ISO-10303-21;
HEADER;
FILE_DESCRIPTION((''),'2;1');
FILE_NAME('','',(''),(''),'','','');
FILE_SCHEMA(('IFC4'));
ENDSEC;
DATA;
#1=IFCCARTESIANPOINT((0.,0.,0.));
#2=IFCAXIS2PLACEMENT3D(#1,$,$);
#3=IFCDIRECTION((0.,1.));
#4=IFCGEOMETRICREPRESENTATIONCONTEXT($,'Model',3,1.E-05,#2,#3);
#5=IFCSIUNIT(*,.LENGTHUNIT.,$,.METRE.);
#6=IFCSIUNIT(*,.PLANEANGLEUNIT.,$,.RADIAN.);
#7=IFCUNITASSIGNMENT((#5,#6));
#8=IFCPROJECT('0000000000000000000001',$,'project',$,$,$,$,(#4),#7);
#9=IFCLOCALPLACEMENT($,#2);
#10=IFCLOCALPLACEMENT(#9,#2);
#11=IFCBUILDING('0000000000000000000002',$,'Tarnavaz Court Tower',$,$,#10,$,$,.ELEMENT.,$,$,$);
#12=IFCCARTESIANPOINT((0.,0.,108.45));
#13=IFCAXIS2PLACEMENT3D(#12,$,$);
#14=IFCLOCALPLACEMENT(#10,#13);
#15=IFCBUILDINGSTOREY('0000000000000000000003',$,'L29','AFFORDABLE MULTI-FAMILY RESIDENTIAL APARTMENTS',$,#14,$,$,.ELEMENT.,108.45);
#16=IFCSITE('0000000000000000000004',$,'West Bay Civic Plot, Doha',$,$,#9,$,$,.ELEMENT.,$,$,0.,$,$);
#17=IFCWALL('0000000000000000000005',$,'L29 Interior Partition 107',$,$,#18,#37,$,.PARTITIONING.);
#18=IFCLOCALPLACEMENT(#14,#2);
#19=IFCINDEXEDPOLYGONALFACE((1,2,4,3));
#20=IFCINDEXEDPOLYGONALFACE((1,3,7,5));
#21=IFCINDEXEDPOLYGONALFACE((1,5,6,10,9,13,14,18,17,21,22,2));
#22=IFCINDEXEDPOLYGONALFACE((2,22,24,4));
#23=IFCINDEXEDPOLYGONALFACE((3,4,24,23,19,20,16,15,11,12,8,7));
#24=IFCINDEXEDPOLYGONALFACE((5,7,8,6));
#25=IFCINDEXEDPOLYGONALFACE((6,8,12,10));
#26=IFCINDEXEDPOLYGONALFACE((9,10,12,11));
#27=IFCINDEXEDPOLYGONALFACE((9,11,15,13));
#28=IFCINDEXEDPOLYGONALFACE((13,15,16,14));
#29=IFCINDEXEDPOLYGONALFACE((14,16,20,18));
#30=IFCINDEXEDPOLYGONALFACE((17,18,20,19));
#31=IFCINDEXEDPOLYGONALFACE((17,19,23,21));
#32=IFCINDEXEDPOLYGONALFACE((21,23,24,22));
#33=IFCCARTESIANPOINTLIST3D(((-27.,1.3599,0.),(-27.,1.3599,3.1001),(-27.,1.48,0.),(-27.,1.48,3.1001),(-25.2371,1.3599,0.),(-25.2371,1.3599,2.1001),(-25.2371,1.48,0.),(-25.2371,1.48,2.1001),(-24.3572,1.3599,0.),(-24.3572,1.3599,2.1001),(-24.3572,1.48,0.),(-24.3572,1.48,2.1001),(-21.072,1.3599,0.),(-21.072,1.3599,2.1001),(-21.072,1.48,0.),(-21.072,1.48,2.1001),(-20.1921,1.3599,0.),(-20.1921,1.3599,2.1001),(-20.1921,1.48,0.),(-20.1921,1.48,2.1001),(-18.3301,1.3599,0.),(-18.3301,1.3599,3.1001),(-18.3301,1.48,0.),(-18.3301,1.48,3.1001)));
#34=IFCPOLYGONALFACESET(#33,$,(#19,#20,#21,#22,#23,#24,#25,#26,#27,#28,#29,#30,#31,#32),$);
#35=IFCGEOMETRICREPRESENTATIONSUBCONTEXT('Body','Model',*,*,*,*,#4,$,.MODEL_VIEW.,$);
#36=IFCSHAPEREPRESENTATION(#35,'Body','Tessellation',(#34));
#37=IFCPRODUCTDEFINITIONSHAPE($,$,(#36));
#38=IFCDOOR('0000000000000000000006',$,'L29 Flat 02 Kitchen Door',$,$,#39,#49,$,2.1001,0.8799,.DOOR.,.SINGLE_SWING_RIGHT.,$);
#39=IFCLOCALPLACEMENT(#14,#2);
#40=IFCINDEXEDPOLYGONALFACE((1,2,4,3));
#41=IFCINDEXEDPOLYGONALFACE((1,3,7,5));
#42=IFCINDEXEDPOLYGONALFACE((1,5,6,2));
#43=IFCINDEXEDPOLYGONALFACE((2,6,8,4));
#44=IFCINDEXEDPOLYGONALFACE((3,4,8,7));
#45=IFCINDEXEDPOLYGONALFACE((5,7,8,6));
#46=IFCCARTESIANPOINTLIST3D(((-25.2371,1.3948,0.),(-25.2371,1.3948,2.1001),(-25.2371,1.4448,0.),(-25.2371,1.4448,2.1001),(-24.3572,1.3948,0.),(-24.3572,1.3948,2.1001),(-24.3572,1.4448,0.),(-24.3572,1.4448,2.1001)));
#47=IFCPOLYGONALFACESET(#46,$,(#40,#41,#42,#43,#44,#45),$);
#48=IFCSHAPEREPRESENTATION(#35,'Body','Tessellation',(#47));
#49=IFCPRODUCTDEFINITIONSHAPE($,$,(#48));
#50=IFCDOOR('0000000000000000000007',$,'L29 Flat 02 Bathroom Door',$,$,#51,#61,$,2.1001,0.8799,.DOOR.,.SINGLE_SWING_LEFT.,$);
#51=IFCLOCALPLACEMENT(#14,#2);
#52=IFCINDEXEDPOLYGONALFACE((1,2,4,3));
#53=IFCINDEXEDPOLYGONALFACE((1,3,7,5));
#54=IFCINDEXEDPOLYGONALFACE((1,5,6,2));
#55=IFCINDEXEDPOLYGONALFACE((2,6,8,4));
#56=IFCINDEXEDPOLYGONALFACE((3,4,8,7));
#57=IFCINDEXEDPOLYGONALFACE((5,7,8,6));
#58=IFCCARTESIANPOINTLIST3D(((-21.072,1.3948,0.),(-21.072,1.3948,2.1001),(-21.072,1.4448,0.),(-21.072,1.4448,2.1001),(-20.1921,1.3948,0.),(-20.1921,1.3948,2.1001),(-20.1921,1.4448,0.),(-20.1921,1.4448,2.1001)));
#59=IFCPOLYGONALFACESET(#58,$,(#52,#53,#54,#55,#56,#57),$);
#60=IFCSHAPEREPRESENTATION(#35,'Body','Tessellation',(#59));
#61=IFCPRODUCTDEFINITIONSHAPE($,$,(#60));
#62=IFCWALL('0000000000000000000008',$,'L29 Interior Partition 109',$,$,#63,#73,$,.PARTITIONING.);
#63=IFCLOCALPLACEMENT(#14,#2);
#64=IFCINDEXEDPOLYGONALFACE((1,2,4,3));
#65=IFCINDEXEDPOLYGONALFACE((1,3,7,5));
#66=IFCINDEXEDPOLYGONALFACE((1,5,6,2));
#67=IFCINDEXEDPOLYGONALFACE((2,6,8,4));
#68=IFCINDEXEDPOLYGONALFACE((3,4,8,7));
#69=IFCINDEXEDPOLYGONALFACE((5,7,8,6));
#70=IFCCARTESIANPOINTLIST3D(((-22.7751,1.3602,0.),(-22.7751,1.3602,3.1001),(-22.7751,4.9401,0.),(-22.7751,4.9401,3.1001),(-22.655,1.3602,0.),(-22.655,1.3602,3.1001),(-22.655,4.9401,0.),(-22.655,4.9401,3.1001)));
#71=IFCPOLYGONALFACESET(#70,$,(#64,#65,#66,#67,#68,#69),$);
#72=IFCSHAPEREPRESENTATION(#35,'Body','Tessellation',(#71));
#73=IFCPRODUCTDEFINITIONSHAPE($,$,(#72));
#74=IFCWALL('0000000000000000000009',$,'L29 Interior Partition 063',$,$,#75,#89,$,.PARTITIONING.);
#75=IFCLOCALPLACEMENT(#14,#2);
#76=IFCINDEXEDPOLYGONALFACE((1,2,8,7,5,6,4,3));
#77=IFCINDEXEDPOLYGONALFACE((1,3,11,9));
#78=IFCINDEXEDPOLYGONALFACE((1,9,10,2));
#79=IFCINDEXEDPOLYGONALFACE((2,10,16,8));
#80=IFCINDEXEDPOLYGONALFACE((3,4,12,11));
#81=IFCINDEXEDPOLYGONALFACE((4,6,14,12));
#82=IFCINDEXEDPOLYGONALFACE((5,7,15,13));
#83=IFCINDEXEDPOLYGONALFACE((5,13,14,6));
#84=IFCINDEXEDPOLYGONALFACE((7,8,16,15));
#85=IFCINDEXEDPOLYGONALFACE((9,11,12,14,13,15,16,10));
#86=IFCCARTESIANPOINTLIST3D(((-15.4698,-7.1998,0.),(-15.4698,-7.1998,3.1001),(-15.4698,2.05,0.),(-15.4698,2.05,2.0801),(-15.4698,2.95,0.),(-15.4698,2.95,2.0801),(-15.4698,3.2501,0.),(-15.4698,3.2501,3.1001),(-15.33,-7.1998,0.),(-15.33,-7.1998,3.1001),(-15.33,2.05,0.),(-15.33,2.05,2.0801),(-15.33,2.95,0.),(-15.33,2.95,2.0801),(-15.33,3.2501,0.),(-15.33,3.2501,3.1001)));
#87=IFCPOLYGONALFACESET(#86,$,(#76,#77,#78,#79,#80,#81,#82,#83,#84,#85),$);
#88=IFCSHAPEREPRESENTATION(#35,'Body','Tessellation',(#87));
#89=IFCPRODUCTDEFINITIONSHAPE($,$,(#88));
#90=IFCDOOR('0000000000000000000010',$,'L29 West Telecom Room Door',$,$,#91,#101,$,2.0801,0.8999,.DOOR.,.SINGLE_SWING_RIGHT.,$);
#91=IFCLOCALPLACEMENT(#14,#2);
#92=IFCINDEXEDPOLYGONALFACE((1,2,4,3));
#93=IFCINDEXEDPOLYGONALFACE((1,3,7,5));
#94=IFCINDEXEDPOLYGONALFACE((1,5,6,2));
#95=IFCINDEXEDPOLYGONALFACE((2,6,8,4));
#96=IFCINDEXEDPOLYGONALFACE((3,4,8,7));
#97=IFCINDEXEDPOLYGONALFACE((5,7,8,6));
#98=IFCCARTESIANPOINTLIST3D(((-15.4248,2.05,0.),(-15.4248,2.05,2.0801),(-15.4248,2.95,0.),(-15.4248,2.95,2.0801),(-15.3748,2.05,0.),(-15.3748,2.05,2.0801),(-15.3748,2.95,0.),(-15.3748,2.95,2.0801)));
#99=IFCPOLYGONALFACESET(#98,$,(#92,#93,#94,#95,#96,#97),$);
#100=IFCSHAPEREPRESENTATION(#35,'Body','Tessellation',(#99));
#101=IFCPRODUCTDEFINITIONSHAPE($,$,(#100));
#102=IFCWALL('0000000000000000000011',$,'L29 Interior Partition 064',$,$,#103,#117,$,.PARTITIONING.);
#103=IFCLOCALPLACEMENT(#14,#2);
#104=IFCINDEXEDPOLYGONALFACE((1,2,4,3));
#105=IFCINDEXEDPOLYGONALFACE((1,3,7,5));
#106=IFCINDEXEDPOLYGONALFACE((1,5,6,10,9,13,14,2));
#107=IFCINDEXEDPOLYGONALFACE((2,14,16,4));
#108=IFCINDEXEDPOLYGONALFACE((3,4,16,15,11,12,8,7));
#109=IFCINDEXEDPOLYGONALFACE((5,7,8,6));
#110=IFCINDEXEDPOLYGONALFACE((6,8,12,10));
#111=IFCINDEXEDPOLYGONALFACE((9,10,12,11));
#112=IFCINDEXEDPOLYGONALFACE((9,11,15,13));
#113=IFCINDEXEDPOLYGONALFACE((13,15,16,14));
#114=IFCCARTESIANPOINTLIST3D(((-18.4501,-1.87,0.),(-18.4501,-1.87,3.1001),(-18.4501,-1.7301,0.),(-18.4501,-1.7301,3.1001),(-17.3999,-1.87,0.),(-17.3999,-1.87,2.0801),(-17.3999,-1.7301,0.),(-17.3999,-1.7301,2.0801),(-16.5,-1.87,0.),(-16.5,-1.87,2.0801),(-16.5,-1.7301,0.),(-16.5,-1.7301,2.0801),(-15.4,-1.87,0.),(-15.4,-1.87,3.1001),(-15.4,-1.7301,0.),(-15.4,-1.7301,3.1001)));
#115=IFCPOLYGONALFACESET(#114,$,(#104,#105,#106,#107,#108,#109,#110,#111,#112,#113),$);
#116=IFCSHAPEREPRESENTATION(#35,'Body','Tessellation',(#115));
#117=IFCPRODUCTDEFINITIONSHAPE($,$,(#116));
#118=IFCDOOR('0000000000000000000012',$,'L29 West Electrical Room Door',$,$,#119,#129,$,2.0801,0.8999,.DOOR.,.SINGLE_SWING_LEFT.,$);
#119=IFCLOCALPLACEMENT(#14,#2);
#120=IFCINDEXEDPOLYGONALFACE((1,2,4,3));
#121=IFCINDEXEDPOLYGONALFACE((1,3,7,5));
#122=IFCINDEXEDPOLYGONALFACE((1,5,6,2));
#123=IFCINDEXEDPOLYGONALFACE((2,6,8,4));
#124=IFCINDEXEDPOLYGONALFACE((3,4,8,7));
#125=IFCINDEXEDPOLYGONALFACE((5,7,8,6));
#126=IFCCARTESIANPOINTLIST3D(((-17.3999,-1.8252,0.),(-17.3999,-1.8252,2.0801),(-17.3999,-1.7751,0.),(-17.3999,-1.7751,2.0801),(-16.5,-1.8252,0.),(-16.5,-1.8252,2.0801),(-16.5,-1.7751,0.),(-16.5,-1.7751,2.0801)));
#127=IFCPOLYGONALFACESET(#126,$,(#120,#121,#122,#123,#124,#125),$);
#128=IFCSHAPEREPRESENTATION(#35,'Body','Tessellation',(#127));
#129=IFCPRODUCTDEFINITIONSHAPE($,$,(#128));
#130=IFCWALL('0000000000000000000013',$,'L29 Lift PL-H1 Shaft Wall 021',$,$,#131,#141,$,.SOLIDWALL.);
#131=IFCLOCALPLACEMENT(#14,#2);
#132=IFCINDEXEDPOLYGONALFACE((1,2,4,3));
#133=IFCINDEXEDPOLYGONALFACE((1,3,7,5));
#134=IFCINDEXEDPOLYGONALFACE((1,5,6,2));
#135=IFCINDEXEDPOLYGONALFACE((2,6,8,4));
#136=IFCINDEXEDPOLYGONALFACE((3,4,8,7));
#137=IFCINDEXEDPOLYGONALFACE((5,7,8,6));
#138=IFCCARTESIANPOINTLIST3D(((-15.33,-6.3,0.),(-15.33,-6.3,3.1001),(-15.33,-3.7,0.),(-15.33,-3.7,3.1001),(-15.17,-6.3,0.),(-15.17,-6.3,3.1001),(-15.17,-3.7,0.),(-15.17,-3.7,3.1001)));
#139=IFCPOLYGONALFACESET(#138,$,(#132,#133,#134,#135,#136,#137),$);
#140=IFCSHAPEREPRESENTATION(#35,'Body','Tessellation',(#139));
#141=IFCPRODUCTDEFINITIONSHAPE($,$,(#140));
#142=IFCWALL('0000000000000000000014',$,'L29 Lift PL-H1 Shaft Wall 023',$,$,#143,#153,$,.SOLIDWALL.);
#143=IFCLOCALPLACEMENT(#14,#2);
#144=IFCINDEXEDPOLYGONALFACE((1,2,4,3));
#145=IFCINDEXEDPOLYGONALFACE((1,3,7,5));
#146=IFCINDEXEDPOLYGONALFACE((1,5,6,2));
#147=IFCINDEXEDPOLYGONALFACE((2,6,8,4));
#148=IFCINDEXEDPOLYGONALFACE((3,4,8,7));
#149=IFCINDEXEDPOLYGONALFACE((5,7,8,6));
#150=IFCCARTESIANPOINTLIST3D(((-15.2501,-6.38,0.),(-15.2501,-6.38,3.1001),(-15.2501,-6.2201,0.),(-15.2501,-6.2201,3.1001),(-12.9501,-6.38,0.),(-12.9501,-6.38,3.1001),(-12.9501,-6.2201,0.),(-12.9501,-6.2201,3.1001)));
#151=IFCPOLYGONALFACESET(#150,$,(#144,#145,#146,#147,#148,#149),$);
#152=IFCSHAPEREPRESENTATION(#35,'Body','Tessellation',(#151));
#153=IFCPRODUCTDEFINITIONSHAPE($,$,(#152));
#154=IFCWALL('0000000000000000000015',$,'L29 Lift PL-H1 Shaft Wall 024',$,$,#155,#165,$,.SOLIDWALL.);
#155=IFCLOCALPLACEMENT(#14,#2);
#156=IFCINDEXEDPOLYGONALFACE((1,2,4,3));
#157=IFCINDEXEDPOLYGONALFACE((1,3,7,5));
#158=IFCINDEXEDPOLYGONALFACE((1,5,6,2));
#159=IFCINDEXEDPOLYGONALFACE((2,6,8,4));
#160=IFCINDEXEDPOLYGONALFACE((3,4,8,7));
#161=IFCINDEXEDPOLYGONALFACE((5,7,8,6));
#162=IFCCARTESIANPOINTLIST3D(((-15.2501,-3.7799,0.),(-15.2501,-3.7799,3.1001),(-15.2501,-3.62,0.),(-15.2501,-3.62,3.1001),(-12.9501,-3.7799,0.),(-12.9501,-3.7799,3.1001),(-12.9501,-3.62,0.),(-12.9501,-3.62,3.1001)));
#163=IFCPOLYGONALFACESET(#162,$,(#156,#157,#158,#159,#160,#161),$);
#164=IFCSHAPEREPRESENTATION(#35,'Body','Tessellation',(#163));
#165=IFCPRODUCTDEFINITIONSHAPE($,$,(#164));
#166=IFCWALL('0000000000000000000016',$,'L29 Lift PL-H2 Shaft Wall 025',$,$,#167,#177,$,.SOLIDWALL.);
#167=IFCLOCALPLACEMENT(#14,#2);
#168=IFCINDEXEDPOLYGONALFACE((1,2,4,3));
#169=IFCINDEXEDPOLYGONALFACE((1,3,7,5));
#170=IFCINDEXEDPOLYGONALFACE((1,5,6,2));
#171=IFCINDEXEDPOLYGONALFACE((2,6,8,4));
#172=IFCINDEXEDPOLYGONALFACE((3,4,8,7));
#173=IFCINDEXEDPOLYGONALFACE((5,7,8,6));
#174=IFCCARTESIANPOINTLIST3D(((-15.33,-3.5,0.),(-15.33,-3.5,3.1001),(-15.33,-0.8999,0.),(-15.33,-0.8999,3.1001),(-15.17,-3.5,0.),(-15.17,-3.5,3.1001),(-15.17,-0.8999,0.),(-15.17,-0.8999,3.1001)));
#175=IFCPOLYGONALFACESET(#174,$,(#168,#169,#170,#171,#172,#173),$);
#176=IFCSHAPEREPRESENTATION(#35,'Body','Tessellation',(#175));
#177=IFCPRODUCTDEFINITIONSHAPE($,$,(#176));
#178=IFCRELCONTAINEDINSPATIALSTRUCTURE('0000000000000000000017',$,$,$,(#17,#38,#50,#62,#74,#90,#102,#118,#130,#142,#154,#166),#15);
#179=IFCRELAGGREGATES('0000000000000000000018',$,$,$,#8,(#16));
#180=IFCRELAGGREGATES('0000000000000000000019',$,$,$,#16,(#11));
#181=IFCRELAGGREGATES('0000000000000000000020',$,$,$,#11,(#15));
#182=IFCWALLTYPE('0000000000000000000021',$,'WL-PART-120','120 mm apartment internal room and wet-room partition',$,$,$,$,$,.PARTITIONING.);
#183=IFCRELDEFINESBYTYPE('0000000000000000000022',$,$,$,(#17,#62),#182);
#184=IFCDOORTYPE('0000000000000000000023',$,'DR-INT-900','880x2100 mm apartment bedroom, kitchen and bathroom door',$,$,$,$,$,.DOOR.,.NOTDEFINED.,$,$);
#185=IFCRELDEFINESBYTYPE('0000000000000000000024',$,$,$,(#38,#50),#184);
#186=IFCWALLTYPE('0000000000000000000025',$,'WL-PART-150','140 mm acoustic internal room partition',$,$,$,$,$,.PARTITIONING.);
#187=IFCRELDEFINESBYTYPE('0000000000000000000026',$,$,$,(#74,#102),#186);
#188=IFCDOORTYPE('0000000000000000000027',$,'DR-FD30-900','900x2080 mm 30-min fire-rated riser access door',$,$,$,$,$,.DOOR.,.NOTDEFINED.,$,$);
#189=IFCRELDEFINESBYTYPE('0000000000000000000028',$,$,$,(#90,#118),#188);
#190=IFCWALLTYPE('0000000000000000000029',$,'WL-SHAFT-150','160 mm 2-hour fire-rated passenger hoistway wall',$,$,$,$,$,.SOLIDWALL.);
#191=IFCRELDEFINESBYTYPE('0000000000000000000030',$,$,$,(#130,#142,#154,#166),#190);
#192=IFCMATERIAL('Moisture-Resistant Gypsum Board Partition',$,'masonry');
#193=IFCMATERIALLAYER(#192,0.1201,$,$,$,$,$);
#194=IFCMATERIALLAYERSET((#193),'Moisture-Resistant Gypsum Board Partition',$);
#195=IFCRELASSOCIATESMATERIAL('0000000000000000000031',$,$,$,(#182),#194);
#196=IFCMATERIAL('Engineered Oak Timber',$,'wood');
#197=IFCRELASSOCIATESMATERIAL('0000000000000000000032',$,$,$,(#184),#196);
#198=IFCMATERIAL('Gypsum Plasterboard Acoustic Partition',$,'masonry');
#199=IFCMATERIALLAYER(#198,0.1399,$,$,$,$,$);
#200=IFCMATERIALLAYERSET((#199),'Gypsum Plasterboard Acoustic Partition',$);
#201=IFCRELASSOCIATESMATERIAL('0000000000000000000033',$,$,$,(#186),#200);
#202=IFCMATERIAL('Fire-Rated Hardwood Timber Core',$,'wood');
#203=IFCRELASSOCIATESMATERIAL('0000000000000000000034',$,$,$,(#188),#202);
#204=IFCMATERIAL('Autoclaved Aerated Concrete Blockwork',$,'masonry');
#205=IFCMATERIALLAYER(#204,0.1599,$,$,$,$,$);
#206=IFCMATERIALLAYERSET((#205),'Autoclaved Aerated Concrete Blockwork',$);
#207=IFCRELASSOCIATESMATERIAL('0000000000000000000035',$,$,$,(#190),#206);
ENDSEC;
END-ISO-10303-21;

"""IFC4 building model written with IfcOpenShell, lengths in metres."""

from ifc_helpers import new_model, si_unit, direction, frame, frame_2d, origin, place, context, subcontext, project, spatial, rectangle, extrude, material, layer, layer_set, type_object, element, fill, save


model = new_model("IFC4")

# Units and contexts
model_context = context("Model", 3, precision=1e-05, world=origin(), true_north=direction((0.0, 1.0)))
body_context = subcontext(model_context, "Body", "Model", "MODEL_VIEW")
ifc_project = project(units=[si_unit("LENGTHUNIT", "METRE"), si_unit("PLANEANGLEUNIT", "RADIAN")], contexts=[model_context])

# Site, building, storey
site_placement = place(None, origin())
site = spatial("IfcSite", under=ifc_project, at=site_placement, Name="West Bay Civic Plot, Doha", CompositionType="ELEMENT", RefElevation=0.0)
building_placement = place(site_placement, origin())
building = spatial("IfcBuilding", under=site, at=building_placement, Name="Tarnavaz Court Tower", CompositionType="ELEMENT")
storey_placement = place(building_placement, frame((0.0, 0.0, 108.45)))
storey = spatial("IfcBuildingStorey", under=building, at=storey_placement, Name="L29", Description="AFFORDABLE MULTI-FAMILY RESIDENTIAL APARTMENTS", CompositionType="ELEMENT", Elevation=108.45)

# Wall, openings, doors
ifc_material_1 = material(Name="Moisture-Resistant Gypsum Board Partition", Category="masonry")
ifc_layer_1 = layer(ifc_material_1, 0.1201)
ifc_layer_set_1 = layer_set([ifc_layer_1], Name="Moisture-Resistant Gypsum Board Partition")
wall_type_1 = type_object("IfcWallType", Name="WL-PART-120", Description="120 mm apartment internal room and wet-room partition", PredefinedType="PARTITIONING", material=ifc_layer_set_1)
wall_1_placement = place(storey_placement, frame((-27.0, 1.4199, 0.0), z_axis=(0.0, 0.0, 1.0), x_axis=(1.0, 0.0, 0.0)))
wall_1 = element("IfcWall", 1, at=wall_1_placement, inside=storey, type_object=wall_type_1, Name="L29 Interior Partition 107", PredefinedType="PARTITIONING", context=body_context, shape_type="SweptSolid", body=[
    extrude(rectangle(XDim=8.6699, YDim=0.1201, at=frame_2d((4.335, 0.0))), origin(), (0.0, 0.0, 1.0), 3.1001),
])
opening_1_placement = place(wall_1_placement, frame((1.7629, 0.0, 0.0)))
opening_1 = element("IfcOpeningElement", 2, at=opening_1_placement, cuts=wall_1, PredefinedType="OPENING", context=body_context, shape_type="SweptSolid", body=[
    extrude(rectangle(XDim=0.8799, YDim=2.1001, at=frame_2d((0.4399, 1.05))), frame((0.0, 0.0701, 0.0), z_axis=(0.0, -1.0, 0.0), x_axis=(1.0, 0.0, 0.0)), (0.0, 0.0, 1.0), 0.1401),
])
opening_2_placement = place(wall_1_placement, frame((5.928, 0.0, 0.0)))
opening_2 = element("IfcOpeningElement", 3, at=opening_2_placement, cuts=wall_1, PredefinedType="OPENING", context=body_context, shape_type="SweptSolid", body=[
    extrude(rectangle(XDim=0.8799, YDim=2.1001, at=frame_2d((0.4399, 1.05))), frame((0.0, 0.0701, 0.0), z_axis=(0.0, -1.0, 0.0), x_axis=(1.0, 0.0, 0.0)), (0.0, 0.0, 1.0), 0.1401),
])
ifc_material_2 = material(Name="Engineered Oak Timber", Category="wood")
door_type_1 = type_object("IfcDoorType", Name="DR-INT-900", Description="880x2100 mm apartment bedroom, kitchen and bathroom door", OperationType="NOTDEFINED", PredefinedType="DOOR", material=ifc_material_2)
door_1_placement = place(opening_1_placement, origin())
door_1 = element("IfcDoor", 4, at=door_1_placement, inside=storey, type_object=door_type_1, Name="L29 Flat 02 Kitchen Door", OperationType="SINGLE_SWING_RIGHT", OverallHeight=2.1001, OverallWidth=0.8799, PredefinedType="DOOR", context=body_context, shape_type="SweptSolid", body=[
    extrude(rectangle(XDim=0.8799, YDim=2.1001, at=frame_2d((0.4399, 1.05))), frame((0.0, 0.0249, 0.0), z_axis=(0.0, -1.0, 0.0), x_axis=(1.0, 0.0, 0.0)), (0.0, 0.0, 1.0), 0.05),
])
fill(opening_1, door_1)
door_2_placement = place(opening_2_placement, origin())
door_2 = element("IfcDoor", 5, at=door_2_placement, inside=storey, type_object=door_type_1, Name="L29 Flat 02 Bathroom Door", OperationType="SINGLE_SWING_LEFT", OverallHeight=2.1001, OverallWidth=0.8799, PredefinedType="DOOR", context=body_context, shape_type="SweptSolid", body=[
    extrude(rectangle(XDim=0.8799, YDim=2.1001, at=frame_2d((0.4399, 1.05))), frame((0.0, 0.0249, 0.0), z_axis=(0.0, -1.0, 0.0), x_axis=(1.0, 0.0, 0.0)), (0.0, 0.0, 1.0), 0.05),
])
fill(opening_2, door_2)

# Wall
wall_2_placement = place(storey_placement, frame((-22.7151, 1.3601, 0.0), z_axis=(0.0, 0.0, 1.0), x_axis=(0.0, 1.0, 0.0)))
element("IfcWall", 6, at=wall_2_placement, inside=storey, type_object=wall_type_1, Name="L29 Interior Partition 109", PredefinedType="PARTITIONING", context=body_context, shape_type="SweptSolid", body=[
    extrude(rectangle(XDim=3.5798, YDim=0.1201, at=frame_2d((1.79, 0.0))), origin(), (0.0, 0.0, 1.0), 3.1001),
])

# Walls, openings, doors
ifc_material_3 = material(Name="Gypsum Plasterboard Acoustic Partition", Category="masonry")
ifc_layer_2 = layer(ifc_material_3, 0.1399)
ifc_layer_set_2 = layer_set([ifc_layer_2], Name="Gypsum Plasterboard Acoustic Partition")
wall_type_2 = type_object("IfcWallType", Name="WL-PART-150", Description="140 mm acoustic internal room partition", PredefinedType="PARTITIONING", material=ifc_layer_set_2)
wall_3_placement = place(storey_placement, frame((-15.3999, -7.2, 0.0), z_axis=(0.0, 0.0, 1.0), x_axis=(0.0, 1.0, 0.0)))
wall_3 = element("IfcWall", 7, at=wall_3_placement, inside=storey, type_object=wall_type_2, Name="L29 Interior Partition 063", PredefinedType="PARTITIONING", context=body_context, shape_type="SweptSolid", body=[
    extrude(rectangle(XDim=10.45, YDim=0.1399, at=frame_2d((5.2251, 0.0))), origin(), (0.0, 0.0, 1.0), 3.1001),
])
opening_3_placement = place(wall_3_placement, frame((9.25, 0.0, 0.0)))
opening_3 = element("IfcOpeningElement", 8, at=opening_3_placement, cuts=wall_3, PredefinedType="OPENING", context=body_context, shape_type="SweptSolid", body=[
    extrude(rectangle(XDim=0.8999, YDim=2.0801, at=frame_2d((0.45, 1.04))), frame((0.0, 0.0798, 0.0), z_axis=(0.0, -1.0, 0.0), x_axis=(1.0, 0.0, 0.0)), (0.0, 0.0, 1.0), 0.1599),
])
ifc_material_4 = material(Name="Fire-Rated Hardwood Timber Core", Category="wood")
door_type_2 = type_object("IfcDoorType", Name="DR-FD30-900", Description="900x2080 mm 30-min fire-rated riser access door", OperationType="NOTDEFINED", PredefinedType="DOOR", material=ifc_material_4)
door_3_placement = place(opening_3_placement, origin())
door_3 = element("IfcDoor", 9, at=door_3_placement, inside=storey, type_object=door_type_2, Name="L29 West Telecom Room Door", OperationType="SINGLE_SWING_RIGHT", OverallHeight=2.0801, OverallWidth=0.8999, PredefinedType="DOOR", context=body_context, shape_type="SweptSolid", body=[
    extrude(rectangle(XDim=0.8999, YDim=2.0801, at=frame_2d((0.45, 1.04))), frame((0.0, 0.0249, 0.0), z_axis=(0.0, -1.0, 0.0), x_axis=(1.0, 0.0, 0.0)), (0.0, 0.0, 1.0), 0.05),
])
fill(opening_3, door_3)
wall_4_placement = place(storey_placement, frame((-18.45, -1.8, 0.0), z_axis=(0.0, 0.0, 1.0), x_axis=(1.0, 0.0, 0.0)))
wall_4 = element("IfcWall", 10, at=wall_4_placement, inside=storey, type_object=wall_type_2, Name="L29 Interior Partition 064", PredefinedType="PARTITIONING", context=body_context, shape_type="SweptSolid", body=[
    extrude(rectangle(XDim=3.05, YDim=0.1399, at=frame_2d((1.5249, 0.0))), origin(), (0.0, 0.0, 1.0), 3.1001),
])
opening_4_placement = place(wall_4_placement, frame((1.05, 0.0, 0.0)))
opening_4 = element("IfcOpeningElement", 11, at=opening_4_placement, cuts=wall_4, PredefinedType="OPENING", context=body_context, shape_type="SweptSolid", body=[
    extrude(rectangle(XDim=0.8999, YDim=2.0801, at=frame_2d((0.45, 1.04))), frame((0.0, 0.0798, 0.0), z_axis=(0.0, -1.0, 0.0), x_axis=(1.0, 0.0, 0.0)), (0.0, 0.0, 1.0), 0.1599),
])
door_4_placement = place(opening_4_placement, origin())
door_4 = element("IfcDoor", 12, at=door_4_placement, inside=storey, type_object=door_type_2, Name="L29 West Electrical Room Door", OperationType="SINGLE_SWING_LEFT", OverallHeight=2.0801, OverallWidth=0.8999, PredefinedType="DOOR", context=body_context, shape_type="SweptSolid", body=[
    extrude(rectangle(XDim=0.8999, YDim=2.0801, at=frame_2d((0.45, 1.04))), frame((0.0, 0.0249, 0.0), z_axis=(0.0, -1.0, 0.0), x_axis=(1.0, 0.0, 0.0)), (0.0, 0.0, 1.0), 0.05),
])
fill(opening_4, door_4)

# Walls
ifc_material_5 = material(Name="Autoclaved Aerated Concrete Blockwork", Category="masonry")
ifc_layer_3 = layer(ifc_material_5, 0.1599)
ifc_layer_set_3 = layer_set([ifc_layer_3], Name="Autoclaved Aerated Concrete Blockwork")
wall_type_3 = type_object("IfcWallType", Name="WL-SHAFT-150", Description="160 mm 2-hour fire-rated passenger hoistway wall", PredefinedType="SOLIDWALL", material=ifc_layer_set_3)
wall_5_placement = place(storey_placement, frame((-15.25, -6.3, 0.0), z_axis=(0.0, 0.0, 1.0), x_axis=(0.0, 1.0, 0.0)))
element("IfcWall", 13, at=wall_5_placement, inside=storey, type_object=wall_type_3, Name="L29 Lift PL-H1 Shaft Wall 021", PredefinedType="SOLIDWALL", context=body_context, shape_type="SweptSolid", body=[
    extrude(rectangle(XDim=2.6001, YDim=0.1599, at=frame_2d((1.3, 0.0))), origin(), (0.0, 0.0, 1.0), 3.1001),
])
for number, where, z_axis, x_axis, name in (
    (14, (-15.25, -6.3, 0.0), (0.0, 0.0, 1.0), (1.0, 0.0, 0.0), "L29 Lift PL-H1 Shaft Wall 023"),
    (15, (-15.25, -3.7, 0.0), (0.0, 0.0, 1.0), (1.0, 0.0, 0.0), "L29 Lift PL-H1 Shaft Wall 024"),
):
    element("IfcWall", number, at=place(storey_placement, frame(where, z_axis=z_axis, x_axis=x_axis)), inside=storey, type_object=wall_type_3, Name=name, PredefinedType="SOLIDWALL", context=body_context, shape_type="SweptSolid", body=[
        extrude(rectangle(XDim=2.3, YDim=0.1599, at=frame_2d((1.1499, 0.0))), origin(), (0.0, 0.0, 1.0), 3.1001),
    ])
wall_6_placement = place(storey_placement, frame((-15.25, -3.5, 0.0), z_axis=(0.0, 0.0, 1.0), x_axis=(0.0, 1.0, 0.0)))
element("IfcWall", 16, at=wall_6_placement, inside=storey, type_object=wall_type_3, Name="L29 Lift PL-H2 Shaft Wall 025", PredefinedType="SOLIDWALL", context=body_context, shape_type="SweptSolid", body=[
    extrude(rectangle(XDim=2.6001, YDim=0.1599, at=frame_2d((1.3, 0.0))), origin(), (0.0, 0.0, 1.0), 3.1001),
])

save(model, "model.ifc")
